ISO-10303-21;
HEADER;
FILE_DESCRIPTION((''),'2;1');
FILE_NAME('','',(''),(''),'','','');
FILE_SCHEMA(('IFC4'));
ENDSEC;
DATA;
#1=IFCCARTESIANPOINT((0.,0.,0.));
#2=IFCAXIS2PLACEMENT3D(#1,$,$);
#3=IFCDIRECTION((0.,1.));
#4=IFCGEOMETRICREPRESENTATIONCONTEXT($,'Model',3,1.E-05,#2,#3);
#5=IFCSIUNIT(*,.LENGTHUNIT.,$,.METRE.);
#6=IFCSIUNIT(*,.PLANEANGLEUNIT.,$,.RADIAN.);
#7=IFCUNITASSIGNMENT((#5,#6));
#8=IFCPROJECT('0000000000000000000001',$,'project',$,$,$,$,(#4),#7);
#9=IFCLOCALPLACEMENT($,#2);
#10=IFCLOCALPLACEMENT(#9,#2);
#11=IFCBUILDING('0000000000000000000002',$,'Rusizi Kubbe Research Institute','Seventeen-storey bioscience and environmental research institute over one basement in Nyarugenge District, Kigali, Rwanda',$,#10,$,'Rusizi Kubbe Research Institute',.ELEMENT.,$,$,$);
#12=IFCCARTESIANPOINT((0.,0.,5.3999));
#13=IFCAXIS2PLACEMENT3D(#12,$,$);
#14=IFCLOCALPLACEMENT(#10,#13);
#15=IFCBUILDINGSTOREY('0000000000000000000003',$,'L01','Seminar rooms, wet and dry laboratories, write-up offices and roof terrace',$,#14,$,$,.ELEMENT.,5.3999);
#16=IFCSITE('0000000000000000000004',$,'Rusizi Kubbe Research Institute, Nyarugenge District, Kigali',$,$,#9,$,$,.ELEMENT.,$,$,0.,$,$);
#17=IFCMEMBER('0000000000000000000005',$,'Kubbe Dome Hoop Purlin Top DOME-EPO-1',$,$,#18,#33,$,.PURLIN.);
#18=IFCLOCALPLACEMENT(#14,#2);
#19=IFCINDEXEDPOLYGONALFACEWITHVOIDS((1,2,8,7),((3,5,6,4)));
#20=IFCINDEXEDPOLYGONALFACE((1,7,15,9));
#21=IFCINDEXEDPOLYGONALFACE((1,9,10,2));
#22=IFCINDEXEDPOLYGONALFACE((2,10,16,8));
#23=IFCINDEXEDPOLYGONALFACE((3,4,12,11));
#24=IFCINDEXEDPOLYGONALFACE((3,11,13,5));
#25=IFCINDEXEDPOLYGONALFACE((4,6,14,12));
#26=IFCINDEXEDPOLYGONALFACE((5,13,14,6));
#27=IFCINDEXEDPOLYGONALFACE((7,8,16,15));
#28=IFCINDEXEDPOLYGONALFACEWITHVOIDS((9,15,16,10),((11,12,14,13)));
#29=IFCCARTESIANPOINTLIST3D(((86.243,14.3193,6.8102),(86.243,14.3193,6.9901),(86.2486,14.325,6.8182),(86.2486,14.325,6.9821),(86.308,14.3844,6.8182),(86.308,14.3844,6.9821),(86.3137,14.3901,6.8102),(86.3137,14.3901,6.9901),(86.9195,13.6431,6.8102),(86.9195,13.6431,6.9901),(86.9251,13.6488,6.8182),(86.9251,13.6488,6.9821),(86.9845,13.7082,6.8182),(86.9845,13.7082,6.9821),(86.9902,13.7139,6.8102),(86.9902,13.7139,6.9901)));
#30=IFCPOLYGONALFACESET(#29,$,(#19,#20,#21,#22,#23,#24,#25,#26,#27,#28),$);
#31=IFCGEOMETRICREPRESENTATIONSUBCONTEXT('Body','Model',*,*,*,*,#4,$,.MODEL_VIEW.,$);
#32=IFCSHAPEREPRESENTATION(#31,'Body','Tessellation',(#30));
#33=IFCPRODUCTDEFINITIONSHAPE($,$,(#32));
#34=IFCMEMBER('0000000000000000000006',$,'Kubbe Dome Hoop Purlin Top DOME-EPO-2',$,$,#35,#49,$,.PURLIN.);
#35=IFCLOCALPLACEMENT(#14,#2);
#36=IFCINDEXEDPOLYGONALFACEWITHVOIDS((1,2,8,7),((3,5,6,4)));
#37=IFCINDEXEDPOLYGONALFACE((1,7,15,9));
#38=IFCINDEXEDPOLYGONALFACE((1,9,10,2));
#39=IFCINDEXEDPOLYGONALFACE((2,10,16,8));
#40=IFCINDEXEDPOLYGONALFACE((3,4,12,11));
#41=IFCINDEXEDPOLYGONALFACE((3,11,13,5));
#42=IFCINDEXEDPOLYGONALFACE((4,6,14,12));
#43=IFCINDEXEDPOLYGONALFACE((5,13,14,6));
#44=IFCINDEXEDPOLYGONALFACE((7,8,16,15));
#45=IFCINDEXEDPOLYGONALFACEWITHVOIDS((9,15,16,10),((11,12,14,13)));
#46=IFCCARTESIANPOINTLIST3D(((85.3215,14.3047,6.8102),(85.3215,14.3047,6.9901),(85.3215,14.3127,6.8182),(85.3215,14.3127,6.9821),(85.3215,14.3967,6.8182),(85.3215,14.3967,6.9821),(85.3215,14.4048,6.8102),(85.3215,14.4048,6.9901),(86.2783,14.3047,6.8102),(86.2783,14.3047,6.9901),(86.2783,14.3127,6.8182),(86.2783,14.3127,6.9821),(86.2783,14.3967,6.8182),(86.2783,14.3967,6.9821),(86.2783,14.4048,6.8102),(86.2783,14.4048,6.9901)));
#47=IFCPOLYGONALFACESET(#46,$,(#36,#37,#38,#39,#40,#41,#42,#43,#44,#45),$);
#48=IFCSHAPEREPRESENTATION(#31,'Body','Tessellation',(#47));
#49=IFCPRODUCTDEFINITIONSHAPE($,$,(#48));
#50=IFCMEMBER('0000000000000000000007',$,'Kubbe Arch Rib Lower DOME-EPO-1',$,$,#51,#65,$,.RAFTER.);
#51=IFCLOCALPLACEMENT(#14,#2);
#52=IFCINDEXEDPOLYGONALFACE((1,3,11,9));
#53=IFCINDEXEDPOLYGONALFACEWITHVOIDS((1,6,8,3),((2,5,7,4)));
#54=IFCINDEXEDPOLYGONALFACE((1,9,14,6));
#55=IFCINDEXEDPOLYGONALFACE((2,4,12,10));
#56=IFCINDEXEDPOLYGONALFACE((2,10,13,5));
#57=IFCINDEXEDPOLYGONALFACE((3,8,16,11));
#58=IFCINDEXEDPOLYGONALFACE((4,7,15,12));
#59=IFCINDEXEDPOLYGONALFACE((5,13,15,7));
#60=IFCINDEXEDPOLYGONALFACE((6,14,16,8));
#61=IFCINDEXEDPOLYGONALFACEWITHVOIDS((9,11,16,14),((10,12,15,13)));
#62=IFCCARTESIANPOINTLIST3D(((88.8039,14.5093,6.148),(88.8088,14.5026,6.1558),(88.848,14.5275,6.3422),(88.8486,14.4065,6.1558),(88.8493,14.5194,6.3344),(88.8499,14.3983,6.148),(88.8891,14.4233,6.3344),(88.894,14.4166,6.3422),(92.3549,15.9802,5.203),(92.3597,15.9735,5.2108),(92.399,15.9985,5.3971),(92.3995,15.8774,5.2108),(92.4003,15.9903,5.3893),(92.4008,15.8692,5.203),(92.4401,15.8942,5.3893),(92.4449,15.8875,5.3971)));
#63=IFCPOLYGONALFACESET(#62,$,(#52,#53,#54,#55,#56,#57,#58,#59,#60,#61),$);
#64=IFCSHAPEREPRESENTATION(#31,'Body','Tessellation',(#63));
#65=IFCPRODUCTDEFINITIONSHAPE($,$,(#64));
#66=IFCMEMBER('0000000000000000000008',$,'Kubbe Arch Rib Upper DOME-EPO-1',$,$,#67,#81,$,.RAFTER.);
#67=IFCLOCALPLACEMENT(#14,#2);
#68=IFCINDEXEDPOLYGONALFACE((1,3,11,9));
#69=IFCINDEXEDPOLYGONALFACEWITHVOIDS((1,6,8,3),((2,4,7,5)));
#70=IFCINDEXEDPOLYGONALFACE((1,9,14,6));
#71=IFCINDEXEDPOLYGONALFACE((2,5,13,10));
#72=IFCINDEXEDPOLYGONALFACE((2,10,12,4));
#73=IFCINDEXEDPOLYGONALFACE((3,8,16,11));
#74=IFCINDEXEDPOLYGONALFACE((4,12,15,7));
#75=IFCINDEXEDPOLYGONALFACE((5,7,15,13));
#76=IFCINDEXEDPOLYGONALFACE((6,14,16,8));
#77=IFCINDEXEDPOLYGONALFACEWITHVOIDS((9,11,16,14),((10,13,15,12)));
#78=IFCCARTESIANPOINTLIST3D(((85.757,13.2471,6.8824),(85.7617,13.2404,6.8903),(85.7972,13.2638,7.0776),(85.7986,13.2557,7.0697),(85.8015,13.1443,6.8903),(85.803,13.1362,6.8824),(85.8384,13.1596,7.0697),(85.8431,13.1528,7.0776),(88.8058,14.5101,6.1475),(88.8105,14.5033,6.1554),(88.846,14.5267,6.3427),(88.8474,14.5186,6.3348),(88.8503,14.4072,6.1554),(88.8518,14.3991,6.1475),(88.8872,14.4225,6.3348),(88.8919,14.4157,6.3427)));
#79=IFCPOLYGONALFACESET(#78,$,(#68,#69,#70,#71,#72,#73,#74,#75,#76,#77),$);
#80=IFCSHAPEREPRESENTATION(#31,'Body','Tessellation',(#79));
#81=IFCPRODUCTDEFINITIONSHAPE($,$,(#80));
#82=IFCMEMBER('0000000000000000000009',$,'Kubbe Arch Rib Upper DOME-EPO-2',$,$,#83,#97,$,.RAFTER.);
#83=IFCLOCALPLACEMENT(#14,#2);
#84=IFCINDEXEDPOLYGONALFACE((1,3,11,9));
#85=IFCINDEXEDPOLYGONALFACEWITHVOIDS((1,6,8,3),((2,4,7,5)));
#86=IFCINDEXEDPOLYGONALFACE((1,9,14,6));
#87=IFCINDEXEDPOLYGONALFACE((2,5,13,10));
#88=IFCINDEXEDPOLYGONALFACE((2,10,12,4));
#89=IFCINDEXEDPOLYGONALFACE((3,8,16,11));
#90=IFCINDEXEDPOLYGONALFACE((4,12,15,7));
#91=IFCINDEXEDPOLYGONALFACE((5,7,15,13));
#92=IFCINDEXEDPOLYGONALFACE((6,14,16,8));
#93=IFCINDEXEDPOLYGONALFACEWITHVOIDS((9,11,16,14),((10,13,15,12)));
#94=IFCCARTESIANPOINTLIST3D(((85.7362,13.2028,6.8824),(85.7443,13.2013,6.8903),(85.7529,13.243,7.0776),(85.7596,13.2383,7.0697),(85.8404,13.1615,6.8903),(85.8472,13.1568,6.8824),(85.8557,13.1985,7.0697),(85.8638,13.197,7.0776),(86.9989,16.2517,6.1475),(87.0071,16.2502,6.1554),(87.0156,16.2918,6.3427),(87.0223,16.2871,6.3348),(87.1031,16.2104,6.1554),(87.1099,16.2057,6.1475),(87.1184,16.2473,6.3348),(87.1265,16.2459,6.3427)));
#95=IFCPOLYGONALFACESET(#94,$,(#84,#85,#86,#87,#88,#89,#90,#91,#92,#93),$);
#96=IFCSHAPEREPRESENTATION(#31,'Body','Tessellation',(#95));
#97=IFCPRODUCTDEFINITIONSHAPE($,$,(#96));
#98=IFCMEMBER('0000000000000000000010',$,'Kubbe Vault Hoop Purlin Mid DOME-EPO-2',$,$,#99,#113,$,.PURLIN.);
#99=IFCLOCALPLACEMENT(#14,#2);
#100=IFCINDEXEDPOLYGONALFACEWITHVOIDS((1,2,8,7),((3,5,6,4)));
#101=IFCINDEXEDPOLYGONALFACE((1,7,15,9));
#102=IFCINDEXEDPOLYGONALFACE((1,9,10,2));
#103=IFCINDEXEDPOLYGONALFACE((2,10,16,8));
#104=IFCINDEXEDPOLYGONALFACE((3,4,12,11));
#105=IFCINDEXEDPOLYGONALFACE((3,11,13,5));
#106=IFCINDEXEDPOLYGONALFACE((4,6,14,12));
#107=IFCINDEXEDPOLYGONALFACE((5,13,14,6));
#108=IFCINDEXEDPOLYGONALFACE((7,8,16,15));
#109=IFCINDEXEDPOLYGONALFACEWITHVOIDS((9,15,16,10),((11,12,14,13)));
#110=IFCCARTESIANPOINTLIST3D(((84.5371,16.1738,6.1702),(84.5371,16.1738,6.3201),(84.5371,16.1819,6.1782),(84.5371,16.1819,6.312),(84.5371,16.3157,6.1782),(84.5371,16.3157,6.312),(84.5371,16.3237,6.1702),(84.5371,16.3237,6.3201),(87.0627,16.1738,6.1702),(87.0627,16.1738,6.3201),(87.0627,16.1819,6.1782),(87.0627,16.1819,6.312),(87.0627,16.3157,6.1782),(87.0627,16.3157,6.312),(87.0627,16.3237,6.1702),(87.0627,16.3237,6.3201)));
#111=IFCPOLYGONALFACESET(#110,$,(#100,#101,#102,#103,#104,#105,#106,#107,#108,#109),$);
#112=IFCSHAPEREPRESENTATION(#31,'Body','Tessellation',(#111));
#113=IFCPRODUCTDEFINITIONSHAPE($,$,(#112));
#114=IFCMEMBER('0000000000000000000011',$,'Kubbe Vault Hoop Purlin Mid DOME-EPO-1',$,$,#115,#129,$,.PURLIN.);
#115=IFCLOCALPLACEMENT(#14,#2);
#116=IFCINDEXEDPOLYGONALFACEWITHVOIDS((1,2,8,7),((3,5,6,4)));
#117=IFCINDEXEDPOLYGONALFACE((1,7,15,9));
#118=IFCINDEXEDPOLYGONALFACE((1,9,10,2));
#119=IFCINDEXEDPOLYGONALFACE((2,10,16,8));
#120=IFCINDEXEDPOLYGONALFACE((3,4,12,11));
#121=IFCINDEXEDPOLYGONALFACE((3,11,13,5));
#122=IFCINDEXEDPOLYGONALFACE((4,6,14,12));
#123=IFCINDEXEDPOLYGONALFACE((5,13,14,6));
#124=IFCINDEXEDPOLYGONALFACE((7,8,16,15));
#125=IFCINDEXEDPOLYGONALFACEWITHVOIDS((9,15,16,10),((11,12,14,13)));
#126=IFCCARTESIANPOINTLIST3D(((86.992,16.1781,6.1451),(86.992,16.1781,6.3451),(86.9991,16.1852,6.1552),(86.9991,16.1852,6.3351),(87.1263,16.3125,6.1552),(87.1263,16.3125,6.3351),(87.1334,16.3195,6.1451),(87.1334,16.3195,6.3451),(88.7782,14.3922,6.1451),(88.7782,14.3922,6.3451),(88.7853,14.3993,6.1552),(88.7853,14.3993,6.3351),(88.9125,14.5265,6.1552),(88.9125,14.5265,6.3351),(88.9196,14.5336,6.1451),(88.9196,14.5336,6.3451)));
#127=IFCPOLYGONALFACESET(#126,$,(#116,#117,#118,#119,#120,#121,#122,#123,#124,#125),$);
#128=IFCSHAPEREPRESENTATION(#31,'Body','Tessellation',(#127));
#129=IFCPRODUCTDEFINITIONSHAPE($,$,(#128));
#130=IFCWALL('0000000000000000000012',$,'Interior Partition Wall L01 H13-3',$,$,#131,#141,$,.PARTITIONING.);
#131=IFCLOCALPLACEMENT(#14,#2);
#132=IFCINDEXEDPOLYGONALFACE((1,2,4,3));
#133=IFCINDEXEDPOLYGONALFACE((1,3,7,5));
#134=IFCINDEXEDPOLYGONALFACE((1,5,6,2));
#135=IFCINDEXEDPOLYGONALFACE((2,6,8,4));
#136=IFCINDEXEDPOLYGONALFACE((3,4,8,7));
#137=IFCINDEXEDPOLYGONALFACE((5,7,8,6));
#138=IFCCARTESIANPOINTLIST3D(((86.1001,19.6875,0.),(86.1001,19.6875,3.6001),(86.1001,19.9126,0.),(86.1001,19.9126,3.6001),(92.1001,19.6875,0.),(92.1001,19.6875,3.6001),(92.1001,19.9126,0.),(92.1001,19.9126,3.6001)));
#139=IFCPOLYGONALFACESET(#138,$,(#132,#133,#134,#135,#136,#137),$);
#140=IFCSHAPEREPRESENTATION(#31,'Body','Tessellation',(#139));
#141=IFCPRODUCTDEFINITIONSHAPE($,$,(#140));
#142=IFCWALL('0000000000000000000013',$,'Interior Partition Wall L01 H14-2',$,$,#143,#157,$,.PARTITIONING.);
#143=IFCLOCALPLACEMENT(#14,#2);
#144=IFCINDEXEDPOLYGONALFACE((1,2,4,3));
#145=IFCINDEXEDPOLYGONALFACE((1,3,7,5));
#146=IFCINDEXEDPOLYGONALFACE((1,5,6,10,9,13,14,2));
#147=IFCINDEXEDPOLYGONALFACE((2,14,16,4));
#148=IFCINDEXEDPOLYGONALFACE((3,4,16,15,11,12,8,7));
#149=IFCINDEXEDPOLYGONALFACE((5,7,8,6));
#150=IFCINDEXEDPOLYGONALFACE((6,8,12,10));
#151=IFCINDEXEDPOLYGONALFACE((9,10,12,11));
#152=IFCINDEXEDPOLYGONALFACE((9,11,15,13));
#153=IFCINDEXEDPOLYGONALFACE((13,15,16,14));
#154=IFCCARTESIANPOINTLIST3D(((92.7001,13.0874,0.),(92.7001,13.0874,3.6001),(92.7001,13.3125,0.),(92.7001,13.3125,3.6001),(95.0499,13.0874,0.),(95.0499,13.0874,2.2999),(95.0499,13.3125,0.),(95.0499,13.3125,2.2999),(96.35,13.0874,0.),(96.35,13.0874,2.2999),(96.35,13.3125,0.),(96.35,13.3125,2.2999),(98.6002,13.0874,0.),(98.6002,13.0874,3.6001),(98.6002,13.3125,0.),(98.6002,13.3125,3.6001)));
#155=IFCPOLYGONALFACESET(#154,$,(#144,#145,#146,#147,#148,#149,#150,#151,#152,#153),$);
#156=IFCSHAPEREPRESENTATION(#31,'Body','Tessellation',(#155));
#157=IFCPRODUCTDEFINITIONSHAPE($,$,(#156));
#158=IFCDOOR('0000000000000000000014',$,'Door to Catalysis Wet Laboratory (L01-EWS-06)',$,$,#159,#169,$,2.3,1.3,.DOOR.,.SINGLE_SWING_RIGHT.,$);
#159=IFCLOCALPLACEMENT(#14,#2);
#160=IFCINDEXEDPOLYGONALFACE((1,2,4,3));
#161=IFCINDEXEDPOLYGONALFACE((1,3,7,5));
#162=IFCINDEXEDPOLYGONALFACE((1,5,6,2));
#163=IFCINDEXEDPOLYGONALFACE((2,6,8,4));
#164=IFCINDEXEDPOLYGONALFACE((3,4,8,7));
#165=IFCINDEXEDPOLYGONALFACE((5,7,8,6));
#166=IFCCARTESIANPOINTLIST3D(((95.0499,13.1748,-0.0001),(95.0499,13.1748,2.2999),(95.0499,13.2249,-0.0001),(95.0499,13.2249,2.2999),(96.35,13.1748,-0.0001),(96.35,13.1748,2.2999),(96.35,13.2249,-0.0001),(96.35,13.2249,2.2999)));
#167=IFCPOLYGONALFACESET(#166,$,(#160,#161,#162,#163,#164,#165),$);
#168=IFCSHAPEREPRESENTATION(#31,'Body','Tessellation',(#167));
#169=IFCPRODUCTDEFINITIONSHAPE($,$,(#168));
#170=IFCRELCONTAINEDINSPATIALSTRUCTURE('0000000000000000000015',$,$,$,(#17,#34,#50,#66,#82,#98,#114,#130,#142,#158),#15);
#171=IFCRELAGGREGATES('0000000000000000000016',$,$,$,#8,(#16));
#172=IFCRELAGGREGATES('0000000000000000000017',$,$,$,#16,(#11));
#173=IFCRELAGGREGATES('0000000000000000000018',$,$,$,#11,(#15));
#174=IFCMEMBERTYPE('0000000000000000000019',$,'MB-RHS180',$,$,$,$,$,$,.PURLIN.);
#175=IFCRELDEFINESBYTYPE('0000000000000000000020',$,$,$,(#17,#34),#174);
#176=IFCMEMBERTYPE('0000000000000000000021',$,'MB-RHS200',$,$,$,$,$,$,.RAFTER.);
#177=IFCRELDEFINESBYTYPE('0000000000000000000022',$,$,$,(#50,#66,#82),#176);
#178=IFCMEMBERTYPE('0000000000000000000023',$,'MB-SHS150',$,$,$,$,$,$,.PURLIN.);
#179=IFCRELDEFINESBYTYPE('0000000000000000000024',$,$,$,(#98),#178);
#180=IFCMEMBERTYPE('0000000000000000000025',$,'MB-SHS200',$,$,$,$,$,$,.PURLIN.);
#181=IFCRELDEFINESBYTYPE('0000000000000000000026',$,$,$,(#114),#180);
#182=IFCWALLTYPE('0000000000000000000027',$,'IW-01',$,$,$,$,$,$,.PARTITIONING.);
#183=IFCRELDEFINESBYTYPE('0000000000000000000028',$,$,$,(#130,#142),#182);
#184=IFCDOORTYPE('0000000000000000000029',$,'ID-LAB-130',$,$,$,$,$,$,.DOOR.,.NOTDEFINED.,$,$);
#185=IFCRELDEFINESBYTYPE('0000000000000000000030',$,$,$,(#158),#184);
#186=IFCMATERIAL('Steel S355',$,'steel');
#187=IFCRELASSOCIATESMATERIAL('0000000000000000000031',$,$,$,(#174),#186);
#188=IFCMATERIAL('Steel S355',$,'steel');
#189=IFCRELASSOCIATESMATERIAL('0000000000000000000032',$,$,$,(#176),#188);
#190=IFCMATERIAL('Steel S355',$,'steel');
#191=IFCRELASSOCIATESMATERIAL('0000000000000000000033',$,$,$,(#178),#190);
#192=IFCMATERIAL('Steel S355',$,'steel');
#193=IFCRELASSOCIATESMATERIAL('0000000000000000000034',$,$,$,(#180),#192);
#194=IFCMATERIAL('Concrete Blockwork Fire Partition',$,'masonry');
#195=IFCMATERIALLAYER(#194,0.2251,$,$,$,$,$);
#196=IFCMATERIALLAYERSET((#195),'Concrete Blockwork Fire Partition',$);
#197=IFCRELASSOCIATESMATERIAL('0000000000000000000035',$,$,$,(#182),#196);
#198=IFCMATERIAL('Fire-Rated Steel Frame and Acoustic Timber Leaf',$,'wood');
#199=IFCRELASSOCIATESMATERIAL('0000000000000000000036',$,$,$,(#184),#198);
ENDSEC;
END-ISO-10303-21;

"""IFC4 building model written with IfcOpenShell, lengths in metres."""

from ifc_helpers import new_model, si_unit, direction, frame, frame_2d, origin, origin_2d, place, context, subcontext, project, spatial, rectangle, hollow_rectangle, extrude, material, layer, layer_set, material_profile, profile_set, type_object, element, fill, save


model = new_model("IFC4")

# Units and contexts
model_context = context("Model", 3, precision=1e-05, world=origin(), true_north=direction((0.0, 1.0)))
body_context = subcontext(model_context, "Body", "Model", "MODEL_VIEW")
ifc_project = project(units=[si_unit("LENGTHUNIT", "METRE"), si_unit("PLANEANGLEUNIT", "RADIAN")], contexts=[model_context])

# Site, building, storey
site_placement = place(None, origin())
site = spatial("IfcSite", under=ifc_project, at=site_placement, Name="Rusizi Kubbe Research Institute, Nyarugenge District, Kigali", CompositionType="ELEMENT", RefElevation=0.0)
building_placement = place(site_placement, origin())
building = spatial("IfcBuilding", under=site, at=building_placement, Name="Rusizi Kubbe Research Institute", Description="Seventeen-storey bioscience and environmental research institute over one basement in Nyarugenge District, Kigali, Rwanda", LongName="Rusizi Kubbe Research Institute", CompositionType="ELEMENT")
storey_placement = place(building_placement, frame((0.0, 0.0, 5.3999)))
storey = spatial("IfcBuildingStorey", under=building, at=storey_placement, Name="L01", Description="Seminar rooms, wet and dry laboratories, write-up offices and roof terrace", CompositionType="ELEMENT", Elevation=5.3999)

# Members
ifc_material_1 = material(Name="Steel S355", Category="steel")
ifc_material_profile_1 = material_profile(ifc_material_1, hollow_rectangle(XDim=0.1001, YDim=0.1799, WallThickness=0.0081, at=origin_2d()), Name="RHS 180x100x8.0")
ifc_profile_set_1 = profile_set([ifc_material_profile_1], Name="Steel S355")
member_type_1 = type_object("IfcMemberType", Name="MB-RHS180", PredefinedType="PURLIN", material=ifc_profile_set_1)
member_1_placement = place(storey_placement, frame((86.9548, 13.6785, 6.9001), z_axis=(-0.707234, 0.706979, 0.0), x_axis=(-0.706979, -0.707234, 0.0)))
element("IfcMember", 1, at=member_1_placement, inside=storey, type_object=member_type_1, Name="Kubbe Dome Hoop Purlin Top DOME-EPO-1", PredefinedType="PURLIN", context=body_context, shape_type="SweptSolid", body=[
    extrude(hollow_rectangle(XDim=0.1001, YDim=0.1799, WallThickness=0.0081, at=origin_2d()), origin(), (0.0, 0.0, 1.0), 0.9565),
])
member_2_placement = place(storey_placement, frame((86.2783, 14.3547, 6.9001), z_axis=(-1.0, 0.0, 0.0), x_axis=(0.0, -1.0, 0.0)))
element("IfcMember", 2, at=member_2_placement, inside=storey, type_object=member_type_1, Name="Kubbe Dome Hoop Purlin Top DOME-EPO-2", PredefinedType="PURLIN", context=body_context, shape_type="SweptSolid", body=[
    extrude(hollow_rectangle(XDim=0.1001, YDim=0.1799, WallThickness=0.0081, at=origin_2d()), origin(), (0.0, 0.0, 1.0), 0.9568),
])
ifc_material_2 = material(Name="Steel S355", Category="steel")
ifc_material_profile_2 = material_profile(ifc_material_2, hollow_rectangle(XDim=0.1201, YDim=0.2, WallThickness=0.0081, at=origin_2d()), Name="RHS 200x120x8.0")
ifc_profile_set_2 = profile_set([ifc_material_profile_2], Name="Steel S355")
member_type_2 = type_object("IfcMemberType", Name="MB-RHS200", PredefinedType="RAFTER", material=ifc_profile_set_2)
member_3_placement = place(storey_placement, frame((92.3999, 15.9338, 5.3), z_axis=(-0.897152, -0.371629, 0.238768), x_axis=(0.382698, -0.923874, 0.0)))
element("IfcMember", 3, at=member_3_placement, inside=storey, type_object=member_type_2, Name="Kubbe Arch Rib Lower DOME-EPO-1", PredefinedType="RAFTER", context=body_context, shape_type="SweptSolid", body=[
    extrude(hollow_rectangle(XDim=0.1201, YDim=0.2, WallThickness=0.0081, at=origin_2d()), origin(), (0.0, 0.0, 1.0), 3.958),
])
for number, where, z_axis, x_axis, name in (
    (4, (88.8489, 14.4629, 6.2451), (-0.901784, -0.373553, 0.217358), (0.382702, -0.923872, 0.0), "Kubbe Arch Rib Upper DOME-EPO-1"),
    (5, (87.0627, 16.2488, 6.2451), (-0.373491, -0.901808, 0.217364), (0.923898, -0.382639, 0.0), "Kubbe Arch Rib Upper DOME-EPO-2"),
):
    element("IfcMember", number, at=place(storey_placement, frame(where, z_axis=z_axis, x_axis=x_axis)), inside=storey, type_object=member_type_2, Name=name, PredefinedType="RAFTER", context=body_context, shape_type="SweptSolid", body=[
        extrude(hollow_rectangle(XDim=0.1201, YDim=0.2, WallThickness=0.0081, at=origin_2d()), origin(), (0.0, 0.0, 1.0), 3.3809),
    ])
ifc_material_3 = material(Name="Steel S355", Category="steel")
ifc_material_profile_3 = material_profile(ifc_material_3, hollow_rectangle(XDim=0.1499, YDim=0.1499, WallThickness=0.0081, at=origin_2d()), Name="SHS 150x150x8.0")
ifc_profile_set_3 = profile_set([ifc_material_profile_3], Name="Steel S355")
member_type_3 = type_object("IfcMemberType", Name="MB-SHS150", PredefinedType="PURLIN", material=ifc_profile_set_3)
member_4_placement = place(storey_placement, frame((87.0627, 16.2488, 6.2451), z_axis=(-1.0, 0.0, 0.0), x_axis=(0.0, -1.0, 0.0)))
element("IfcMember", 6, at=member_4_placement, inside=storey, type_object=member_type_3, Name="Kubbe Vault Hoop Purlin Mid DOME-EPO-2", PredefinedType="PURLIN", context=body_context, shape_type="SweptSolid", body=[
    extrude(hollow_rectangle(XDim=0.1499, YDim=0.1499, WallThickness=0.0081, at=origin_2d()), origin(), (0.0, 0.0, 1.0), 2.5256),
])
ifc_material_4 = material(Name="Steel S355", Category="steel")
ifc_material_profile_4 = material_profile(ifc_material_4, hollow_rectangle(XDim=0.2, YDim=0.2, WallThickness=0.01, at=origin_2d()), Name="SHS 200x200x10.0")
ifc_profile_set_4 = profile_set([ifc_material_profile_4], Name="Steel S355")
member_type_4 = type_object("IfcMemberType", Name="MB-SHS200", PredefinedType="PURLIN", material=ifc_profile_set_4)
member_5_placement = place(storey_placement, frame((88.8489, 14.4629, 6.2451), z_axis=(-0.707155, 0.707058, 0.0), x_axis=(-0.707058, -0.707155, 0.0)))
element("IfcMember", 7, at=member_5_placement, inside=storey, type_object=member_type_4, Name="Kubbe Vault Hoop Purlin Mid DOME-EPO-1", PredefinedType="PURLIN", context=body_context, shape_type="SweptSolid", body=[
    extrude(hollow_rectangle(XDim=0.2, YDim=0.2, WallThickness=0.01, at=origin_2d()), origin(), (0.0, 0.0, 1.0), 2.5259),
])

# Wall
ifc_material_5 = material(Name="Concrete Blockwork Fire Partition", Category="masonry")
ifc_layer = layer(ifc_material_5, 0.2251)
ifc_layer_set = layer_set([ifc_layer], Name="Concrete Blockwork Fire Partition")
wall_type = type_object("IfcWallType", Name="IW-01", PredefinedType="PARTITIONING", material=ifc_layer_set)
wall_1_placement = place(storey_placement, frame((86.1001, 19.8, 0.0), z_axis=(0.0, 0.0, 1.0), x_axis=(1.0, 0.0, 0.0)))
element("IfcWall", 8, at=wall_1_placement, inside=storey, type_object=wall_type, Name="Interior Partition Wall L01 H13-3", PredefinedType="PARTITIONING", context=body_context, shape_type="SweptSolid", body=[
    extrude(rectangle(XDim=6.0, YDim=0.2251, at=frame_2d((3.0, 0.0))), origin(), (0.0, 0.0, 1.0), 3.6001),
])

# Wall, opening, door
wall_2_placement = place(storey_placement, frame((92.7, 13.2, 0.0), z_axis=(0.0, 0.0, 1.0), x_axis=(1.0, 0.0, 0.0)))
wall_2 = element("IfcWall", 9, at=wall_2_placement, inside=storey, type_object=wall_type, Name="Interior Partition Wall L01 H14-2", PredefinedType="PARTITIONING", context=body_context, shape_type="SweptSolid", body=[
    extrude(rectangle(XDim=5.9001, YDim=0.2251, at=frame_2d((2.9502, 0.0))), origin(), (0.0, 0.0, 1.0), 3.6001),
])
opening_placement = place(wall_2_placement, frame((2.3501, 0.0, 0.0)))
opening = element("IfcOpeningElement", 10, at=opening_placement, cuts=wall_2, PredefinedType="OPENING", context=body_context, shape_type="SweptSolid", body=[
    extrude(rectangle(XDim=1.3, YDim=2.3, at=frame_2d((0.6499, 1.1499))), frame((0.0, 0.1226, 0.0), z_axis=(0.0, -1.0, 0.0), x_axis=(1.0, 0.0, 0.0)), (0.0, 0.0, 1.0), 0.2451),
])
ifc_material_6 = material(Name="Fire-Rated Steel Frame and Acoustic Timber Leaf", Category="wood")
door_type = type_object("IfcDoorType", Name="ID-LAB-130", OperationType="NOTDEFINED", PredefinedType="DOOR", material=ifc_material_6)
door_placement = place(opening_placement, origin())
door = element("IfcDoor", 11, at=door_placement, inside=storey, type_object=door_type, Name="Door to Catalysis Wet Laboratory (L01-EWS-06)", OperationType="SINGLE_SWING_RIGHT", OverallHeight=2.3, OverallWidth=1.3, PredefinedType="DOOR", context=body_context, shape_type="SweptSolid", body=[
    extrude(rectangle(XDim=1.3, YDim=2.3, at=frame_2d((0.6499, 1.1499))), frame((0.0, 0.0249, 0.0), z_axis=(0.0, -1.0, 0.0), x_axis=(1.0, 0.0, 0.0)), (0.0, 0.0, 1.0), 0.05),
])
fill(opening, door)

save(model, "model.ifc")
